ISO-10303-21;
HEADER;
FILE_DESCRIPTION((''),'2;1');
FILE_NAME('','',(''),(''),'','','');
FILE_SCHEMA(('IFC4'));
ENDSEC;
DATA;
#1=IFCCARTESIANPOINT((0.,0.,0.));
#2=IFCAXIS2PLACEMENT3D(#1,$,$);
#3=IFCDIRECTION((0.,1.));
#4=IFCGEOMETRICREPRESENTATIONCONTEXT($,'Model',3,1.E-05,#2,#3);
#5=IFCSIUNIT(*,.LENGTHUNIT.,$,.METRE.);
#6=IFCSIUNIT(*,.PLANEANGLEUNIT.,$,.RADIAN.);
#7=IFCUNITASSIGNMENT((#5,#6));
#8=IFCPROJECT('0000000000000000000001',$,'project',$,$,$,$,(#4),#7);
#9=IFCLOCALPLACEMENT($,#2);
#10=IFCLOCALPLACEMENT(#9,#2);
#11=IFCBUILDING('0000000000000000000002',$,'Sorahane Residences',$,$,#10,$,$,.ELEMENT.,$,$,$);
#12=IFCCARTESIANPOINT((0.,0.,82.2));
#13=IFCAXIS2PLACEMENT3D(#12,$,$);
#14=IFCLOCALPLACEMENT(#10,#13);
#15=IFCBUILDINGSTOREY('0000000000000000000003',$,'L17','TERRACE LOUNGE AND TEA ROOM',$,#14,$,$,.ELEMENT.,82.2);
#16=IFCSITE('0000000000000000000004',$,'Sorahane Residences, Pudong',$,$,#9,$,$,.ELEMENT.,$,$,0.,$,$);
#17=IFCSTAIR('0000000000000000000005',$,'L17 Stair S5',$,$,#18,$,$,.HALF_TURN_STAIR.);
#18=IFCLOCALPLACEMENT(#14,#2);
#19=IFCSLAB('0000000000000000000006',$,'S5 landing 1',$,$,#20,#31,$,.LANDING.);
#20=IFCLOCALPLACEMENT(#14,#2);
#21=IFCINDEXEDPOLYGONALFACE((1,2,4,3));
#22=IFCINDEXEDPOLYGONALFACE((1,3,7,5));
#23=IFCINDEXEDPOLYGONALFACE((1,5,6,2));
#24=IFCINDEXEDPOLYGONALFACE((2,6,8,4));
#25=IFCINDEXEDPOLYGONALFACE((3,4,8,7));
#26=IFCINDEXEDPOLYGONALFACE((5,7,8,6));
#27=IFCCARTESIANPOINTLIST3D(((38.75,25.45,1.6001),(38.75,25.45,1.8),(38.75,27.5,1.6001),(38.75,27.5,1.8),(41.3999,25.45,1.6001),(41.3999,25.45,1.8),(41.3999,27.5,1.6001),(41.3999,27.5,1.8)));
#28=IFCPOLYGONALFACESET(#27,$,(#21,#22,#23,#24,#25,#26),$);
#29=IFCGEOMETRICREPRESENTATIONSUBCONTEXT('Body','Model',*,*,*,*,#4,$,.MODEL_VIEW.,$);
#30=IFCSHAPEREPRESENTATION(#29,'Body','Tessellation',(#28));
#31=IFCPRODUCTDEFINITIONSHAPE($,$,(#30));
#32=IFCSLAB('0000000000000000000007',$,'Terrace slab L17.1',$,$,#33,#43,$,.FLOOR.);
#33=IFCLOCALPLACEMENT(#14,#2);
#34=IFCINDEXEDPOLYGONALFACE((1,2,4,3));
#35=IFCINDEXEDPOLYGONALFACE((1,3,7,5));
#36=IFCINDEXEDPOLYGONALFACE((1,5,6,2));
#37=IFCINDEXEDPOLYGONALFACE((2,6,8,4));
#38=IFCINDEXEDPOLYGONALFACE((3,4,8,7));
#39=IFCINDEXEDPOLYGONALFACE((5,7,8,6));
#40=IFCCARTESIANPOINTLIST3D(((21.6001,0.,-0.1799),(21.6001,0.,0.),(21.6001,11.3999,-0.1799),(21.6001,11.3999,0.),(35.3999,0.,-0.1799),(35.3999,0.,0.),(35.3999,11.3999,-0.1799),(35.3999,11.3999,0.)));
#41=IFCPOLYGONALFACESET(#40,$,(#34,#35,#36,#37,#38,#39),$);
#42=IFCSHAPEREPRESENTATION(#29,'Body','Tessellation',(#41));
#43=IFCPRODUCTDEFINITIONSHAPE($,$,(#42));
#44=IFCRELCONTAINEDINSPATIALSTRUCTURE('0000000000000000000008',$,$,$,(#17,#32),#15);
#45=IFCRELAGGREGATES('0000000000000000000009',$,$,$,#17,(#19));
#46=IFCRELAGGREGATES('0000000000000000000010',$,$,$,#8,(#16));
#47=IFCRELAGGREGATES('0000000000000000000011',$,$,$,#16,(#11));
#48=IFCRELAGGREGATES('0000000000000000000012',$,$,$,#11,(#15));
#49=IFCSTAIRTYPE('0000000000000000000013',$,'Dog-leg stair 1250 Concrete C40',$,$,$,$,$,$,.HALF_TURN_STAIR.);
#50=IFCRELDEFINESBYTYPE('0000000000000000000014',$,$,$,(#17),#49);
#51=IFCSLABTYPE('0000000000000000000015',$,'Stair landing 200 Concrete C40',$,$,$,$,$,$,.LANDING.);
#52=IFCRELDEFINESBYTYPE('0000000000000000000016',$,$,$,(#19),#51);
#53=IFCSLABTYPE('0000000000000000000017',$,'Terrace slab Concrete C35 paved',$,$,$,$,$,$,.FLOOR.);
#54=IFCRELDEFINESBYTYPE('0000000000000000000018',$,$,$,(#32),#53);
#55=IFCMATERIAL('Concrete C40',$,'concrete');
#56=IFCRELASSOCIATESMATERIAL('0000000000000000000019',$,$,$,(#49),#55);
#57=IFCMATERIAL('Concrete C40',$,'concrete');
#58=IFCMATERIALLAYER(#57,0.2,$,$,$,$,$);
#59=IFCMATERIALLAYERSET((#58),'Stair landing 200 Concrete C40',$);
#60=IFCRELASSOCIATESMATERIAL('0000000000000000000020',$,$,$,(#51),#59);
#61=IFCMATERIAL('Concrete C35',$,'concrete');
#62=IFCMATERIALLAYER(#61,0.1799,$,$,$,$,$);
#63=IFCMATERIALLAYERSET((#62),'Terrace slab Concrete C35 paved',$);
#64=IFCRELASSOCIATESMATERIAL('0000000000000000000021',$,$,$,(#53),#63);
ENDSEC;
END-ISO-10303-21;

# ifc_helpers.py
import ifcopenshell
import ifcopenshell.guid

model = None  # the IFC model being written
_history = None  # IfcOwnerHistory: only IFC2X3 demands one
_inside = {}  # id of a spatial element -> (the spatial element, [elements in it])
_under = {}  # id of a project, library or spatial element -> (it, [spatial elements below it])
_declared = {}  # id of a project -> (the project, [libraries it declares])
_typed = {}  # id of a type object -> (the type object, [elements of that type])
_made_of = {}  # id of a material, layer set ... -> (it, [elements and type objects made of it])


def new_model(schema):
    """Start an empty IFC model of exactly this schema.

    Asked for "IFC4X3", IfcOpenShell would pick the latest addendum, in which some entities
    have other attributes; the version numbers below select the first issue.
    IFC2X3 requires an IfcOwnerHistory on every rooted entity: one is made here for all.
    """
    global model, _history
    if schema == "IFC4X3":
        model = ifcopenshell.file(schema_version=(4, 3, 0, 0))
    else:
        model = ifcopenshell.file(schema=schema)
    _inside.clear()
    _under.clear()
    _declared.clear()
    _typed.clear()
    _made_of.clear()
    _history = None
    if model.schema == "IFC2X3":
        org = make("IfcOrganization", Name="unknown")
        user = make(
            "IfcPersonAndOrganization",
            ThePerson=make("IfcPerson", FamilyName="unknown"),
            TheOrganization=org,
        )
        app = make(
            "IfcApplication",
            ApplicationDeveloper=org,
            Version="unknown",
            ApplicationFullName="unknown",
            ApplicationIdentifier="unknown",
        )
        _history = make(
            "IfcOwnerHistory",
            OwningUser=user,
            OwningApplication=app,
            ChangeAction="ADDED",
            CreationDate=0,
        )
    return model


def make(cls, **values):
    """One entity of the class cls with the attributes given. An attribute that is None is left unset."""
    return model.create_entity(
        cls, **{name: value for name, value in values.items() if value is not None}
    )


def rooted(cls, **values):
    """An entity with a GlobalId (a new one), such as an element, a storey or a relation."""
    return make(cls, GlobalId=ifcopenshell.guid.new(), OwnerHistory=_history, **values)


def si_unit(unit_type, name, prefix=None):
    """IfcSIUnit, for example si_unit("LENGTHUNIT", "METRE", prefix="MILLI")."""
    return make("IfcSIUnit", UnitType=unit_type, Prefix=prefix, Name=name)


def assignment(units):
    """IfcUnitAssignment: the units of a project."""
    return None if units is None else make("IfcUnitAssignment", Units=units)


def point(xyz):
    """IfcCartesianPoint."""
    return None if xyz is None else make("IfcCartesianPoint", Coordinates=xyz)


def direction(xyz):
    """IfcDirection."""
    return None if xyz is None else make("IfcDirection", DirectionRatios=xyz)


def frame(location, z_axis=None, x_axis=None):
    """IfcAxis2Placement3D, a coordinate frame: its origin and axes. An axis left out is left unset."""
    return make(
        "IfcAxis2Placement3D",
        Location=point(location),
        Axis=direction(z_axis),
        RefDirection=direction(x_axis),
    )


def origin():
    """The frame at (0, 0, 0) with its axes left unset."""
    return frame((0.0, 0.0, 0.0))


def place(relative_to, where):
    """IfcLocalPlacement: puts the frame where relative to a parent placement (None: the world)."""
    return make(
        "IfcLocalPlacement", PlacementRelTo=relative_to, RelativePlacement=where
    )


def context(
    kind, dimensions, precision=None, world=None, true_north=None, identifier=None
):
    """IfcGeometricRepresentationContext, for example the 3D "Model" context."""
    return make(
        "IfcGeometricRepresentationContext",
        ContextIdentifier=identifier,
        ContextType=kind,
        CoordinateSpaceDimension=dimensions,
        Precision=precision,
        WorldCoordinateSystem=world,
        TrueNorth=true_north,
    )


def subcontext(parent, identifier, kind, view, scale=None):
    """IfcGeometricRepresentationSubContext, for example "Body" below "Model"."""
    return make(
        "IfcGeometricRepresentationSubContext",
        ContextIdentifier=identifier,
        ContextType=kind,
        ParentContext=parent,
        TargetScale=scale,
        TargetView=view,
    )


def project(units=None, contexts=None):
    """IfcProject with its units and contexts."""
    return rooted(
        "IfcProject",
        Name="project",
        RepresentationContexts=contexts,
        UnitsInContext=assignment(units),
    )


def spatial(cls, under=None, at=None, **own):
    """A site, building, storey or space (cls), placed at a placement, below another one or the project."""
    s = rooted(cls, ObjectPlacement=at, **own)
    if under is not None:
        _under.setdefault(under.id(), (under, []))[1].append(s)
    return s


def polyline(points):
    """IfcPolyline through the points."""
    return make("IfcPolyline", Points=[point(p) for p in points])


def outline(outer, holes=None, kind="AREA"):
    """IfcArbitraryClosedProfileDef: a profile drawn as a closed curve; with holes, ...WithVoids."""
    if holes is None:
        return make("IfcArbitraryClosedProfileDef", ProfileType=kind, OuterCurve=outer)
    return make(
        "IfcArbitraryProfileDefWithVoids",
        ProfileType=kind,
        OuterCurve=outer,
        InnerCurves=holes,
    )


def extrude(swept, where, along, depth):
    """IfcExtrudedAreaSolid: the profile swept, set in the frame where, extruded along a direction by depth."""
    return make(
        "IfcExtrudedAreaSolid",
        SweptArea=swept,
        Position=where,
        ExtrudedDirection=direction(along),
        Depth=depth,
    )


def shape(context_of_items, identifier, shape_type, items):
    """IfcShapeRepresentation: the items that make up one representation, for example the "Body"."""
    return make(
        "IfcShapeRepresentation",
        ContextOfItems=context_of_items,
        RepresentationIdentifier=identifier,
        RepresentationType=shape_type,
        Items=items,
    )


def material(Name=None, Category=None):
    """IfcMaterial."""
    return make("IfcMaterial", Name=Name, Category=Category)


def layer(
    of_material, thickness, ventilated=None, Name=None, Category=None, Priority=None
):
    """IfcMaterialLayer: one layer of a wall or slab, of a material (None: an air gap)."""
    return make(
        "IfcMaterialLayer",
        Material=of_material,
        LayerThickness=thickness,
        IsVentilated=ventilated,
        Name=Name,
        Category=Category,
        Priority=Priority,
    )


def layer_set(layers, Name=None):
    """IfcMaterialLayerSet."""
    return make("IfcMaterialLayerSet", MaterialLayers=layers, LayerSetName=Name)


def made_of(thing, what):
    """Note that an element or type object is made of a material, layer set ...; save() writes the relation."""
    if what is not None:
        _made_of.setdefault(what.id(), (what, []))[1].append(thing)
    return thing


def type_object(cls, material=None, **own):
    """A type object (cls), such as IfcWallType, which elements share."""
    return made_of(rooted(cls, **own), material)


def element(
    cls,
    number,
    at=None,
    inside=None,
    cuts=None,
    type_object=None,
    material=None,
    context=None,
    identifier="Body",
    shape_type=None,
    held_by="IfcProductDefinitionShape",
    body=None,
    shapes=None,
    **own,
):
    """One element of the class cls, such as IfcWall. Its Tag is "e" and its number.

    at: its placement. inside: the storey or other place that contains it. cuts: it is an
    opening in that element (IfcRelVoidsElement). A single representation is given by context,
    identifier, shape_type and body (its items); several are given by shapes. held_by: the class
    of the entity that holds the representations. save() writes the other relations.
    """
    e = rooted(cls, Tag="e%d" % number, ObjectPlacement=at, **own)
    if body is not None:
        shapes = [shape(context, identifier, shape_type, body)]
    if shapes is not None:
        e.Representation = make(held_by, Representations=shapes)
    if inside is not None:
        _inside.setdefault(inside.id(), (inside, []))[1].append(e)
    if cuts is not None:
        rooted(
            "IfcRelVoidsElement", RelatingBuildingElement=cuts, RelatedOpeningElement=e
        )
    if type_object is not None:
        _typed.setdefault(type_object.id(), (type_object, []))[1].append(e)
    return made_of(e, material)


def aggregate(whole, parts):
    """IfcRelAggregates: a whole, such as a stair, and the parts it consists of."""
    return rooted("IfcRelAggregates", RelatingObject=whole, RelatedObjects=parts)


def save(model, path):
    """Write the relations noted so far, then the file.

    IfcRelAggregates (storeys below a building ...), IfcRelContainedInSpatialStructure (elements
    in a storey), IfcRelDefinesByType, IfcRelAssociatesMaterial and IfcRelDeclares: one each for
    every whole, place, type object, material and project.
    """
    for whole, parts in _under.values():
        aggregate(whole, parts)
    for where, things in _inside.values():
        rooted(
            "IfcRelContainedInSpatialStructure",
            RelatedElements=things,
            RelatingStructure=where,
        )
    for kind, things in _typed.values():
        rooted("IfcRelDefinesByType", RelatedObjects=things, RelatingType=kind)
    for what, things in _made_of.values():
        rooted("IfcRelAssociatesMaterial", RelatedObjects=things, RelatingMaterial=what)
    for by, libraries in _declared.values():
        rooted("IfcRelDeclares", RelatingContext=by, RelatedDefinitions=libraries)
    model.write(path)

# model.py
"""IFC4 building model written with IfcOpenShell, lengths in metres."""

from ifc_helpers import new_model, si_unit, direction, frame, origin, place, context, subcontext, project, spatial, polyline, outline, extrude, material, layer, layer_set, type_object, element, aggregate, save


model = new_model("IFC4")

# Units and contexts
model_context = context("Model", 3, precision=1e-05, world=origin(), true_north=direction((0.0, 1.0)))
body_context = subcontext(model_context, "Body", "Model", "MODEL_VIEW")
ifc_project = project(units=[si_unit("LENGTHUNIT", "METRE"), si_unit("PLANEANGLEUNIT", "RADIAN")], contexts=[model_context])

# Site, building, storey
site_placement = place(None, origin())
site = spatial("IfcSite", under=ifc_project, at=site_placement, Name="Sorahane Residences, Pudong", CompositionType="ELEMENT", RefElevation=0.0)
building_placement = place(site_placement, origin())
building = spatial("IfcBuilding", under=site, at=building_placement, Name="Sorahane Residences", CompositionType="ELEMENT")
storey_placement = place(building_placement, frame((0.0, 0.0, 82.2)))
storey = spatial("IfcBuildingStorey", under=building, at=storey_placement, Name="L17", Description="TERRACE LOUNGE AND TEA ROOM", CompositionType="ELEMENT", Elevation=82.2)

# Stair, slab
ifc_material_1 = material(Name="Concrete C40", Category="concrete")
stair_type = type_object("IfcStairType", Name="Dog-leg stair 1250 Concrete C40", PredefinedType="HALF_TURN_STAIR", material=ifc_material_1)
ifc_material_2 = material(Name="Concrete C40", Category="concrete")
ifc_layer_1 = layer(ifc_material_2, 0.2)
ifc_layer_set_1 = layer_set([ifc_layer_1], Name="Stair landing 200 Concrete C40")
slab_type_1 = type_object("IfcSlabType", Name="Stair landing 200 Concrete C40", PredefinedType="LANDING", material=ifc_layer_set_1)
stair_1_placement = place(storey_placement, origin())
stair_1 = element("IfcStair", 1, at=stair_1_placement, inside=storey, type_object=stair_type, Name="L17 Stair S5", PredefinedType="HALF_TURN_STAIR")
slab_1_placement = place(storey_placement, frame((0.0, 0.0, 1.6001)))
slab_1 = element("IfcSlab", 2, at=slab_1_placement, type_object=slab_type_1, Name="S5 landing 1", PredefinedType="LANDING", context=body_context, shape_type="SweptSolid", body=[
    extrude(outline(polyline([(41.3999, 25.45), (41.3999, 27.5), (38.75, 27.5), (38.75, 25.45), (41.3999, 25.45)])), origin(), (0.0, 0.0, 1.0), 0.2),
])
aggregate(stair_1, [slab_1])

# Slab
ifc_material_3 = material(Name="Concrete C35", Category="concrete")
ifc_layer_2 = layer(ifc_material_3, 0.1799)
ifc_layer_set_2 = layer_set([ifc_layer_2], Name="Terrace slab Concrete C35 paved")
slab_type_2 = type_object("IfcSlabType", Name="Terrace slab Concrete C35 paved", PredefinedType="FLOOR", material=ifc_layer_set_2)
slab_2_placement = place(storey_placement, frame((0.0, 0.0, -0.1799)))
element("IfcSlab", 3, at=slab_2_placement, inside=storey, type_object=slab_type_2, Name="Terrace slab L17.1", PredefinedType="FLOOR", context=body_context, shape_type="SweptSolid", body=[
    extrude(outline(polyline([(21.6001, 0.0), (21.6001, 11.3999), (35.3999, 11.3999), (35.3999, 0.0), (21.6001, 0.0)])), origin(), (0.0, 0.0, 1.0), 0.1799),
])

save(model, "model.ifc")
